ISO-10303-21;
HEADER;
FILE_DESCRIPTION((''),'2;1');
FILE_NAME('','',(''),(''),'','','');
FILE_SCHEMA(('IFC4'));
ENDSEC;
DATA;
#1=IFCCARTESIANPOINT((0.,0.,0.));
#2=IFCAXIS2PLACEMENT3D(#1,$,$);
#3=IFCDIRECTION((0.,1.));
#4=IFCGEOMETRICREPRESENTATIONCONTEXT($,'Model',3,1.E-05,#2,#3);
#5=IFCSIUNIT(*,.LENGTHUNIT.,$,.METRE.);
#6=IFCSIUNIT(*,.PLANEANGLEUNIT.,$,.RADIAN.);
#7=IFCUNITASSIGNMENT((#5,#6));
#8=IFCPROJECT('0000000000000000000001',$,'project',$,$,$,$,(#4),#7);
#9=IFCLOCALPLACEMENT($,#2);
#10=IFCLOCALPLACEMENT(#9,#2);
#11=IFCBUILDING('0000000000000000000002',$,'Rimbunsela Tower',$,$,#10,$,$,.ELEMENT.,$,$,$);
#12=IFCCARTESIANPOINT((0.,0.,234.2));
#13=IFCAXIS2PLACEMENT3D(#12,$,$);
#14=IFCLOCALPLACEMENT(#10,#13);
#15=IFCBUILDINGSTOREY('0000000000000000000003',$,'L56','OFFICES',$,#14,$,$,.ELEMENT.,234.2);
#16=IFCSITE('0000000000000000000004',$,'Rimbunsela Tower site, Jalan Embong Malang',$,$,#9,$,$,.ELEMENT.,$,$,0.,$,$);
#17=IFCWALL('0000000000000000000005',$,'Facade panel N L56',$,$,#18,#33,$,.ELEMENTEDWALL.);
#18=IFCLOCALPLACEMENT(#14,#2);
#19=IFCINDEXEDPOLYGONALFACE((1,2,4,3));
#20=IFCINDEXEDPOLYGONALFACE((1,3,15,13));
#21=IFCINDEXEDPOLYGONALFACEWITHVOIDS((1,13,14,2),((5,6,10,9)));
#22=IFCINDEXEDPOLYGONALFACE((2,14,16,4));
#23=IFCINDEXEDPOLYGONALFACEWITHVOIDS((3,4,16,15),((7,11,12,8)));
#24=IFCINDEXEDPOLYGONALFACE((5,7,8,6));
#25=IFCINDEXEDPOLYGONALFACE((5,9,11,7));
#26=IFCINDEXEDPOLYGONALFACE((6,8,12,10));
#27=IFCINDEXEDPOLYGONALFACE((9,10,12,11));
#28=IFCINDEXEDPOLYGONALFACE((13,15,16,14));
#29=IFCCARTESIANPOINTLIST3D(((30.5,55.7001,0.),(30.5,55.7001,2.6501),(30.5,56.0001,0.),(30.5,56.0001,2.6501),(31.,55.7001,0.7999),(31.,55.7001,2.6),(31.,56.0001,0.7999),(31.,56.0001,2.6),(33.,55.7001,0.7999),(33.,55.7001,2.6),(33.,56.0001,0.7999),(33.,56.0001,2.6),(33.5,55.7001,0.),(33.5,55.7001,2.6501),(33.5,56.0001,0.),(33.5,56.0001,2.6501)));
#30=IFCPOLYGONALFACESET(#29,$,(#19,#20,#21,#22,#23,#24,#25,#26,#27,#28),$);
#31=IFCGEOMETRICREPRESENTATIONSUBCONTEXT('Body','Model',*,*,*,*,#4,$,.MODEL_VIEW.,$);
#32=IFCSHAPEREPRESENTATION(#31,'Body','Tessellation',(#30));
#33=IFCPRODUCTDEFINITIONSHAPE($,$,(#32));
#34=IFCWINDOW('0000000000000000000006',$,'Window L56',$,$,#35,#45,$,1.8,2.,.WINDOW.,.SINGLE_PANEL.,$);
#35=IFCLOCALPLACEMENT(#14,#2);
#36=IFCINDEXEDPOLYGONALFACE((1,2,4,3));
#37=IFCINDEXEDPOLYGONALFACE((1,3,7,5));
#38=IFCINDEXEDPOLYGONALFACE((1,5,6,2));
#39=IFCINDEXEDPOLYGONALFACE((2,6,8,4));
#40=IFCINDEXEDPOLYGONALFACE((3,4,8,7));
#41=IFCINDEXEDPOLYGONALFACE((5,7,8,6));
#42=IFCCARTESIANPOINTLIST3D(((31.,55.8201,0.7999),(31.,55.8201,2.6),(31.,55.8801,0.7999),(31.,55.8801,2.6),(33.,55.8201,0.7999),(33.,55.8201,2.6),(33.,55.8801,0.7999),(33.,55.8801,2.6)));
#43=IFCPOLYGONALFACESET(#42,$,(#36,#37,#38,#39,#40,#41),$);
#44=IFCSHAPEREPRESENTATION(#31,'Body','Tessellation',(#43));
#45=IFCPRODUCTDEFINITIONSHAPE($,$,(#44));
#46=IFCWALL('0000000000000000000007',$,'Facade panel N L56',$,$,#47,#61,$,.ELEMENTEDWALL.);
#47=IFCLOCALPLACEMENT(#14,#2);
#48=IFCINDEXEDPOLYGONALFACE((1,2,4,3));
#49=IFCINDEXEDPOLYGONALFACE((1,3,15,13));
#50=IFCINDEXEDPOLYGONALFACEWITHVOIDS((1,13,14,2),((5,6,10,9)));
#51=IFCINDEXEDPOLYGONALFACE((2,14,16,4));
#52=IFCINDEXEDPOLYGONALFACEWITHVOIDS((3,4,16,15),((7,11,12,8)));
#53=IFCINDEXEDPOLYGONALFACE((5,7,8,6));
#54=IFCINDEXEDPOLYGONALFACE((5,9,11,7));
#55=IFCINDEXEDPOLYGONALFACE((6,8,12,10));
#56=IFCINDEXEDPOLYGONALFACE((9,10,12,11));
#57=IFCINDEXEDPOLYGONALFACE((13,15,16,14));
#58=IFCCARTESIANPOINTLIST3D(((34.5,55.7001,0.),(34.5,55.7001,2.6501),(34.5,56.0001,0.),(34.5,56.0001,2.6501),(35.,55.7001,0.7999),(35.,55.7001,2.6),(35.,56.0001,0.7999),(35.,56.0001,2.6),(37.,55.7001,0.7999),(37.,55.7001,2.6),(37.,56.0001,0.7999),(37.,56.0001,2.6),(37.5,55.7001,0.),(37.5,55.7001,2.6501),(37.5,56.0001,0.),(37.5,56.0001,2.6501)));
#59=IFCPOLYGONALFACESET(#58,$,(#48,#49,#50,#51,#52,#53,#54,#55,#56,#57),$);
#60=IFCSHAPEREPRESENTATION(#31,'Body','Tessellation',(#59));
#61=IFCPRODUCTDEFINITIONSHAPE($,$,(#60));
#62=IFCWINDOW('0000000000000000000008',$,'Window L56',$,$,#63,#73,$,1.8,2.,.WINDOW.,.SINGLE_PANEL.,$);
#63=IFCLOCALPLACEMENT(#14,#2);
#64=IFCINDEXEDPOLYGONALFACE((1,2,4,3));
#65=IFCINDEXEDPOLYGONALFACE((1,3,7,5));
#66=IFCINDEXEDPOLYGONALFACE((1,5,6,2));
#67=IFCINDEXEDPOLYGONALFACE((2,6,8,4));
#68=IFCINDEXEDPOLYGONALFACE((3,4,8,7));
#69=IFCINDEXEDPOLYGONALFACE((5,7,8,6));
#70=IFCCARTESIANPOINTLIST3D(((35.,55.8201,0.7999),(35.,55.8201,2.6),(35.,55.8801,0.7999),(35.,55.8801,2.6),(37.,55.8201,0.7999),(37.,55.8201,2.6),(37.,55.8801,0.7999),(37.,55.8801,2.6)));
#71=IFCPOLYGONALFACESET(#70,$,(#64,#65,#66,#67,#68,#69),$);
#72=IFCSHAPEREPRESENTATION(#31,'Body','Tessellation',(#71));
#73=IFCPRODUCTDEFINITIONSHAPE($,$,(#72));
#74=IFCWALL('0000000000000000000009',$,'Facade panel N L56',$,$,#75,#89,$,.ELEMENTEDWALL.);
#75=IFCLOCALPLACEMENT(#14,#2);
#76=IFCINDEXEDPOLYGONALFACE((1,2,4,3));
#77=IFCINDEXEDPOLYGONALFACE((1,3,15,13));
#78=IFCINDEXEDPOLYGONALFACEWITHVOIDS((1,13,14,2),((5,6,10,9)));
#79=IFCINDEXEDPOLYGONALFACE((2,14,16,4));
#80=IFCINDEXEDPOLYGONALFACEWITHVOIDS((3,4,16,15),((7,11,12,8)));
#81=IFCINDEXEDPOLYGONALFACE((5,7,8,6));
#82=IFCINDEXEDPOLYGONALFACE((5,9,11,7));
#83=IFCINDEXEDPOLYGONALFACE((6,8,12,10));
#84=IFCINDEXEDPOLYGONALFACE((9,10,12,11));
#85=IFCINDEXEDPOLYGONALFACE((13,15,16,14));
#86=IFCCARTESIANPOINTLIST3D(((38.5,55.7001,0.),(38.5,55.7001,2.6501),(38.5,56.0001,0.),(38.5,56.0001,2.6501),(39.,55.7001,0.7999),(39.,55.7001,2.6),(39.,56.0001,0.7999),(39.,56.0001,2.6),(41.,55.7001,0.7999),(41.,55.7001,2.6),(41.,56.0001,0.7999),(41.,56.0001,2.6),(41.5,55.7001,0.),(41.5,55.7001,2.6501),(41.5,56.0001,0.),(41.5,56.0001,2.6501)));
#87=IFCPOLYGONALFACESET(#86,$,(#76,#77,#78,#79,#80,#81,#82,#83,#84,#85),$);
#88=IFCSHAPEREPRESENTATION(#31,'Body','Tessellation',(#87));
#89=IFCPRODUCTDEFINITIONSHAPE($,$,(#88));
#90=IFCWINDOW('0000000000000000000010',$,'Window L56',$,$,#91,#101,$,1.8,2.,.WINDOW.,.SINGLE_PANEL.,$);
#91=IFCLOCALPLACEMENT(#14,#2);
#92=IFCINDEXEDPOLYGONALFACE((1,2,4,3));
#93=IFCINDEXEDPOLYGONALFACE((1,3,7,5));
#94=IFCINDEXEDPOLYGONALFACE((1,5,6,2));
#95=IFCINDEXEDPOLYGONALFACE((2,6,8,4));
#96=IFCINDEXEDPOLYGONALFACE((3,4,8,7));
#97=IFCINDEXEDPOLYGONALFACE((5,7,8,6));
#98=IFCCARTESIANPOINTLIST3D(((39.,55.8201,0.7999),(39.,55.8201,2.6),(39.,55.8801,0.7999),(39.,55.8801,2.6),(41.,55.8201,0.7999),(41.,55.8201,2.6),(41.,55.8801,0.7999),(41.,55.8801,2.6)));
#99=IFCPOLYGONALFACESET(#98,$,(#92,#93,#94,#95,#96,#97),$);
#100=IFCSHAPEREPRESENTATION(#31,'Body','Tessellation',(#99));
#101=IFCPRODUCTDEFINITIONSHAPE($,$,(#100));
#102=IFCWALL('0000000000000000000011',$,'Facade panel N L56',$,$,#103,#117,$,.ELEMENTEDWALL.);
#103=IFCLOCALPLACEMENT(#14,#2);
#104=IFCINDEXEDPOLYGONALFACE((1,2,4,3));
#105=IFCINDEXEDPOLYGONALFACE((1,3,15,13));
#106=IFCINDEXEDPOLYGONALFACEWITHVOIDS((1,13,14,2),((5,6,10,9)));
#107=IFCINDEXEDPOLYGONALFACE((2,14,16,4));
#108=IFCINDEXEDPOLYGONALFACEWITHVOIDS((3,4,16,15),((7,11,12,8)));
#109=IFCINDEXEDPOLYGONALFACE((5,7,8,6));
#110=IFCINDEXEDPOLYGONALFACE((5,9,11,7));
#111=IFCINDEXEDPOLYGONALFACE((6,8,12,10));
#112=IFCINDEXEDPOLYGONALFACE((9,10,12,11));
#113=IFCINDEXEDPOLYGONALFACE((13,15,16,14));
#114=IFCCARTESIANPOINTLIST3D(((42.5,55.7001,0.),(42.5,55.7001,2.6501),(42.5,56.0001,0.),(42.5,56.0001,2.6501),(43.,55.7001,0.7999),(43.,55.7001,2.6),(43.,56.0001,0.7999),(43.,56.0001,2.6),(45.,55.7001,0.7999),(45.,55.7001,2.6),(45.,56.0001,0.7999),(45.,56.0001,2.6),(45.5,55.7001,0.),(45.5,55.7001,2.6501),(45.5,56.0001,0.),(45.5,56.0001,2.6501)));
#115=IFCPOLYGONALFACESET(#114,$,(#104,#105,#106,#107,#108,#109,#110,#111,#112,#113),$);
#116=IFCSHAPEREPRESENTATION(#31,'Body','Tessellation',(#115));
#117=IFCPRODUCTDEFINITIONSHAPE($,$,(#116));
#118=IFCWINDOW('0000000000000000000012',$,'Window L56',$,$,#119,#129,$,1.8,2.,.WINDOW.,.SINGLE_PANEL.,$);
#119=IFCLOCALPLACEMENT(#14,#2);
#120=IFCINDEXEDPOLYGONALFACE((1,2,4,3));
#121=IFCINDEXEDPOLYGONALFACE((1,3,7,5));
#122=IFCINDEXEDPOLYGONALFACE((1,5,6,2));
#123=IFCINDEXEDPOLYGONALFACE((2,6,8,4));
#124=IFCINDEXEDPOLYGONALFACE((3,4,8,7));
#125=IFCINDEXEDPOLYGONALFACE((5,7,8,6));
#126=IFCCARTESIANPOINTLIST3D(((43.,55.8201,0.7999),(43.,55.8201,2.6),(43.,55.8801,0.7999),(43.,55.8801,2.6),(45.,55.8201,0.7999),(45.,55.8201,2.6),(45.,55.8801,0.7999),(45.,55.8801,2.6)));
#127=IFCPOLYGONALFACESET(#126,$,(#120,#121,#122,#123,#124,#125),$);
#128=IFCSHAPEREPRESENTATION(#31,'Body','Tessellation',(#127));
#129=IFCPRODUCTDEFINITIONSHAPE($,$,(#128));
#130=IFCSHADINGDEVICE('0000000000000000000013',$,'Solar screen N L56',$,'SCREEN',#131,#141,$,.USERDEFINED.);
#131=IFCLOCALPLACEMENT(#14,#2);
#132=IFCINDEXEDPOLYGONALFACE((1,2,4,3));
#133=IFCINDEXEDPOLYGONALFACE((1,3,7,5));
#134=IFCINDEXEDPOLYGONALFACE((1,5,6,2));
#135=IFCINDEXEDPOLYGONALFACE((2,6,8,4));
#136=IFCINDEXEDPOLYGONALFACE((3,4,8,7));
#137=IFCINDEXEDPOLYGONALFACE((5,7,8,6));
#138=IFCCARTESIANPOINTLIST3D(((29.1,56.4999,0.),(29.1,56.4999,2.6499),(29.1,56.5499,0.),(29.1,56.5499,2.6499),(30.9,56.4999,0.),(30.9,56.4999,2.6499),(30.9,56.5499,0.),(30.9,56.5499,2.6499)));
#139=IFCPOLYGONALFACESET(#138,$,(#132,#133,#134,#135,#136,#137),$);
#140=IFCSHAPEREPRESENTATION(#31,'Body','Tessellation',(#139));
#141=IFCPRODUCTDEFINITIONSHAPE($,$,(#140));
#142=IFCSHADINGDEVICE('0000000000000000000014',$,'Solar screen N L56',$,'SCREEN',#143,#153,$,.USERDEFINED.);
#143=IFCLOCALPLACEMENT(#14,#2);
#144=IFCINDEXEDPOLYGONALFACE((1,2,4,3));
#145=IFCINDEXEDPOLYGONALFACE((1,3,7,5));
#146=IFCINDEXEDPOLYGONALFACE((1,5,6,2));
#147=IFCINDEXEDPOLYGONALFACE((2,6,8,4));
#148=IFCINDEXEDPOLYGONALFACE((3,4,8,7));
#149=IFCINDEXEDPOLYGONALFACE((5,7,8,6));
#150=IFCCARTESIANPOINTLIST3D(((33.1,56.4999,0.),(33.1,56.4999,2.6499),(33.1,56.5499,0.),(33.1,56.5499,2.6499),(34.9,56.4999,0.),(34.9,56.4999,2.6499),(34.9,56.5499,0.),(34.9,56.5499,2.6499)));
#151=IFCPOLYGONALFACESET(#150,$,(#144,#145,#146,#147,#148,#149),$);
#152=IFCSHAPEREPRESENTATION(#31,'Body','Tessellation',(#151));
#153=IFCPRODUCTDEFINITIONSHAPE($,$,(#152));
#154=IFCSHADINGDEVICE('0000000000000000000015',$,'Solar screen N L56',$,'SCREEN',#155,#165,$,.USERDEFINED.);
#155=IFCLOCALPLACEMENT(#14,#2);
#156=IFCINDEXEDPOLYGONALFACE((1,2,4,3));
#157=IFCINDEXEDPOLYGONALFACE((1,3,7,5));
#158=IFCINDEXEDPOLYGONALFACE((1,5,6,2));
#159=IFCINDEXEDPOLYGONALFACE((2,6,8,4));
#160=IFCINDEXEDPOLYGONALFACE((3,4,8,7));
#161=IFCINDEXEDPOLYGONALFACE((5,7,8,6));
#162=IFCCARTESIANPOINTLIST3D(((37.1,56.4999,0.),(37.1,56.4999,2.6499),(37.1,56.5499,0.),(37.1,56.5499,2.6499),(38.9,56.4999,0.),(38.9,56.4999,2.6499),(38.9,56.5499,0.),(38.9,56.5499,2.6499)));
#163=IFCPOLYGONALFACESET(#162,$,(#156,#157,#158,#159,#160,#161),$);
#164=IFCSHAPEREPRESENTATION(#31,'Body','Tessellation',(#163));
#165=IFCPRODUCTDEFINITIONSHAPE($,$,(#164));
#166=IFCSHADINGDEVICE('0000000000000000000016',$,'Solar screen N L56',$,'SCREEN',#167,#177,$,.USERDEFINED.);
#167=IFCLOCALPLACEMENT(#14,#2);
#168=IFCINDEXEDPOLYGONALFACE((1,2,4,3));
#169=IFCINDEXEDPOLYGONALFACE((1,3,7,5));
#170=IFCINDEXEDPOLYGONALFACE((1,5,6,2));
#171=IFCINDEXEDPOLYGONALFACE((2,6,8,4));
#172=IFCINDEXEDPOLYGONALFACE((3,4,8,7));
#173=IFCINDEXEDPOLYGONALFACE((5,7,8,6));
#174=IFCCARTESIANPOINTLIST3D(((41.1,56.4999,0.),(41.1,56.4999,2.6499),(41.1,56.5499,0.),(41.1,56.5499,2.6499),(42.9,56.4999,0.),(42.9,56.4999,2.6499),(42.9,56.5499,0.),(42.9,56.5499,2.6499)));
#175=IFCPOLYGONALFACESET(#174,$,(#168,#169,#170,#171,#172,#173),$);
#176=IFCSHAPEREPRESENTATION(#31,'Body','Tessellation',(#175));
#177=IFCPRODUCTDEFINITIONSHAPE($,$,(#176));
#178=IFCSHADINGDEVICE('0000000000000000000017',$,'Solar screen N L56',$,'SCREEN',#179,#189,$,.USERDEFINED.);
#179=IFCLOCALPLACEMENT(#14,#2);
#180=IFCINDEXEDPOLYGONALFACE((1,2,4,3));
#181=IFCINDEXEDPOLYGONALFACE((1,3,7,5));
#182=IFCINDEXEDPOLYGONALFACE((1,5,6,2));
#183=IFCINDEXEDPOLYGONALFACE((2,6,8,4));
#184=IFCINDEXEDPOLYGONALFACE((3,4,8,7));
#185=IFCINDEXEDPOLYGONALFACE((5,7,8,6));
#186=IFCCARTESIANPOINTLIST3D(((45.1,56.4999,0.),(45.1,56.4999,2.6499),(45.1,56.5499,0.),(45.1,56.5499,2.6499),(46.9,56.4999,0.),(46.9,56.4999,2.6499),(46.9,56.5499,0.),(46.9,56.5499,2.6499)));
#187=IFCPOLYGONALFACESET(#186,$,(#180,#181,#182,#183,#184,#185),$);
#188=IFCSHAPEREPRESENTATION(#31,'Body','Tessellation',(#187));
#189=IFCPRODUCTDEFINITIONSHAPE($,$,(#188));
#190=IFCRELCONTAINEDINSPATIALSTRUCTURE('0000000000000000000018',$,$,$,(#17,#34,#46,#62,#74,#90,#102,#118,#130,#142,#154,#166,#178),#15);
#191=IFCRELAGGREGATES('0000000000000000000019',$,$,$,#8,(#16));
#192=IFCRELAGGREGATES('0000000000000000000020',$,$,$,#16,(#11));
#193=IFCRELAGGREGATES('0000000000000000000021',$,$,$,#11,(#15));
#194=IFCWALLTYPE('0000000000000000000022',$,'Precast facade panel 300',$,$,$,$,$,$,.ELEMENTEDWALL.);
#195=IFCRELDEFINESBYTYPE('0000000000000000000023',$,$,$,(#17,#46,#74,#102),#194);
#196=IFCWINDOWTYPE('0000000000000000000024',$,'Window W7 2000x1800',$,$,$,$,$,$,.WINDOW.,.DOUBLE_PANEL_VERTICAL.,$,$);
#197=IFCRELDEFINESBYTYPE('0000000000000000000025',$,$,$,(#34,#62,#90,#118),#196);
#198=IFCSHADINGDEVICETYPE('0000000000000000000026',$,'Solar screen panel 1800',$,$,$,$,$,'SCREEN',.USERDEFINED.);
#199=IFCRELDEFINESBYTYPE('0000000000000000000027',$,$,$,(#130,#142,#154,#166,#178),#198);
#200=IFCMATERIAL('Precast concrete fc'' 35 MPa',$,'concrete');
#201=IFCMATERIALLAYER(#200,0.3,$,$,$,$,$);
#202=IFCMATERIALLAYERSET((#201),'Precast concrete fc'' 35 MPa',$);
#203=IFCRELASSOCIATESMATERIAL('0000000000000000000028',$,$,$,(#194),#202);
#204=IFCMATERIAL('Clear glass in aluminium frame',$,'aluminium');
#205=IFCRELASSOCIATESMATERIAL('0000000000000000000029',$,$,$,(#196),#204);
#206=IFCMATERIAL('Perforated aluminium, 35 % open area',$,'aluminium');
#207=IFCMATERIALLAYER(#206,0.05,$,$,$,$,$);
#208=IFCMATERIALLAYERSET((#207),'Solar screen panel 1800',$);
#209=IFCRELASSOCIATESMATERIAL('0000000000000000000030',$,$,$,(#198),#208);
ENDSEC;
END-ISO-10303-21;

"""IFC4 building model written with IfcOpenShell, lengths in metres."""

from ifc_helpers import new_model, si_unit, direction, frame, frame_2d, origin, origin_2d, place, context, subcontext, project, spatial, rectangle, extrude, material, layer, layer_set, type_object, element, fill, save


model = new_model("IFC4")

# Units and contexts
model_context = context("Model", 3, precision=1e-05, world=origin(), true_north=direction((0.0, 1.0)))
body_context = subcontext(model_context, "Body", "Model", "MODEL_VIEW")
ifc_project = project(units=[si_unit("LENGTHUNIT", "METRE"), si_unit("PLANEANGLEUNIT", "RADIAN")], contexts=[model_context])

# Site, building, storey
site_placement = place(None, origin())
site = spatial("IfcSite", under=ifc_project, at=site_placement, Name="Rimbunsela Tower site, Jalan Embong Malang", CompositionType="ELEMENT", RefElevation=0.0)
building_placement = place(site_placement, origin())
building = spatial("IfcBuilding", under=site, at=building_placement, Name="Rimbunsela Tower", CompositionType="ELEMENT")
storey_placement = place(building_placement, frame((0.0, 0.0, 234.2)))
storey = spatial("IfcBuildingStorey", under=building, at=storey_placement, Name="L56", Description="OFFICES", CompositionType="ELEMENT", Elevation=234.2)

# Walls, openings, windows
ifc_material_1 = material(Name="Precast concrete fc' 35 MPa", Category="concrete")
ifc_layer_1 = layer(ifc_material_1, 0.3)
ifc_layer_set_1 = layer_set([ifc_layer_1], Name="Precast concrete fc' 35 MPa")
wall_type_1 = type_object("IfcWallType", Name="Precast facade panel 300", PredefinedType="ELEMENTEDWALL", material=ifc_layer_set_1)
wall_1_placement = place(storey_placement, frame((33.5, 55.8501, 0.0), z_axis=(0.0, 0.0, 1.0), x_axis=(-1.0, 0.0, 0.0)))
wall_1 = element("IfcWall", 1, at=wall_1_placement, inside=storey, type_object=wall_type_1, Name="Facade panel N L56", PredefinedType="ELEMENTEDWALL", context=body_context, shape_type="SweptSolid", body=[
    extrude(rectangle(XDim=3.0, YDim=0.3, at=frame_2d((1.5, 0.0))), origin(), (0.0, 0.0, 1.0), 2.6501),
])
opening_1_placement = place(wall_1_placement, frame((0.5, 0.0, 0.8)))
opening_1 = element("IfcOpeningElement", 2, at=opening_1_placement, cuts=wall_1, PredefinedType="OPENING", context=body_context, shape_type="SweptSolid", body=[
    extrude(rectangle(XDim=2.0, YDim=1.8, at=frame_2d((1.0, 0.8999))), frame((0.0, 0.1599, 0.0), z_axis=(0.0, -1.0, 0.0), x_axis=(1.0, 0.0, 0.0)), (0.0, 0.0, 1.0), 0.3201),
])
ifc_material_2 = material(Name="Clear glass in aluminium frame", Category="aluminium")
window_type = type_object("IfcWindowType", Name="Window W7 2000x1800", PartitioningType="DOUBLE_PANEL_VERTICAL", PredefinedType="WINDOW", material=ifc_material_2)
window_1_placement = place(opening_1_placement, origin())
window_1 = element("IfcWindow", 3, at=window_1_placement, inside=storey, type_object=window_type, Name="Window L56", OverallHeight=1.8, OverallWidth=2.0, PartitioningType="SINGLE_PANEL", PredefinedType="WINDOW", context=body_context, shape_type="SweptSolid", body=[
    extrude(rectangle(XDim=2.0, YDim=1.8, at=frame_2d((1.0, 0.8999))), frame((0.0, 0.03, 0.0), z_axis=(0.0, -1.0, 0.0), x_axis=(1.0, 0.0, 0.0)), (0.0, 0.0, 1.0), 0.0601),
])
fill(opening_1, window_1)
wall_2_placement = place(storey_placement, frame((37.5, 55.8501, 0.0), z_axis=(0.0, 0.0, 1.0), x_axis=(-1.0, 0.0, 0.0)))
wall_2 = element("IfcWall", 4, at=wall_2_placement, inside=storey, type_object=wall_type_1, Name="Facade panel N L56", PredefinedType="ELEMENTEDWALL", context=body_context, shape_type="SweptSolid", body=[
    extrude(rectangle(XDim=3.0, YDim=0.3, at=frame_2d((1.5, 0.0))), origin(), (0.0, 0.0, 1.0), 2.6501),
])
opening_2_placement = place(wall_2_placement, frame((0.5, 0.0, 0.8)))
opening_2 = element("IfcOpeningElement", 5, at=opening_2_placement, cuts=wall_2, PredefinedType="OPENING", context=body_context, shape_type="SweptSolid", body=[
    extrude(rectangle(XDim=2.0, YDim=1.8, at=frame_2d((1.0, 0.8999))), frame((0.0, 0.1599, 0.0), z_axis=(0.0, -1.0, 0.0), x_axis=(1.0, 0.0, 0.0)), (0.0, 0.0, 1.0), 0.3201),
])
window_2_placement = place(opening_2_placement, origin())
window_2 = element("IfcWindow", 6, at=window_2_placement, inside=storey, type_object=window_type, Name="Window L56", OverallHeight=1.8, OverallWidth=2.0, PartitioningType="SINGLE_PANEL", PredefinedType="WINDOW", context=body_context, shape_type="SweptSolid", body=[
    extrude(rectangle(XDim=2.0, YDim=1.8, at=frame_2d((1.0, 0.8999))), frame((0.0, 0.03, 0.0), z_axis=(0.0, -1.0, 0.0), x_axis=(1.0, 0.0, 0.0)), (0.0, 0.0, 1.0), 0.0601),
])
fill(opening_2, window_2)
wall_3_placement = place(storey_placement, frame((41.5, 55.8501, 0.0), z_axis=(0.0, 0.0, 1.0), x_axis=(-1.0, 0.0, 0.0)))
wall_3 = element("IfcWall", 7, at=wall_3_placement, inside=storey, type_object=wall_type_1, Name="Facade panel N L56", PredefinedType="ELEMENTEDWALL", context=body_context, shape_type="SweptSolid", body=[
    extrude(rectangle(XDim=3.0, YDim=0.3, at=frame_2d((1.5, 0.0))), origin(), (0.0, 0.0, 1.0), 2.6501),
])
opening_3_placement = place(wall_3_placement, frame((0.5, 0.0, 0.8)))
opening_3 = element("IfcOpeningElement", 8, at=opening_3_placement, cuts=wall_3, PredefinedType="OPENING", context=body_context, shape_type="SweptSolid", body=[
    extrude(rectangle(XDim=2.0, YDim=1.8, at=frame_2d((1.0, 0.8999))), frame((0.0, 0.1599, 0.0), z_axis=(0.0, -1.0, 0.0), x_axis=(1.0, 0.0, 0.0)), (0.0, 0.0, 1.0), 0.3201),
])
window_3_placement = place(opening_3_placement, origin())
window_3 = element("IfcWindow", 9, at=window_3_placement, inside=storey, type_object=window_type, Name="Window L56", OverallHeight=1.8, OverallWidth=2.0, PartitioningType="SINGLE_PANEL", PredefinedType="WINDOW", context=body_context, shape_type="SweptSolid", body=[
    extrude(rectangle(XDim=2.0, YDim=1.8, at=frame_2d((1.0, 0.8999))), frame((0.0, 0.03, 0.0), z_axis=(0.0, -1.0, 0.0), x_axis=(1.0, 0.0, 0.0)), (0.0, 0.0, 1.0), 0.0601),
])
fill(opening_3, window_3)
wall_4_placement = place(storey_placement, frame((45.5, 55.8501, 0.0), z_axis=(0.0, 0.0, 1.0), x_axis=(-1.0, 0.0, 0.0)))
wall_4 = element("IfcWall", 10, at=wall_4_placement, inside=storey, type_object=wall_type_1, Name="Facade panel N L56", PredefinedType="ELEMENTEDWALL", context=body_context, shape_type="SweptSolid", body=[
    extrude(rectangle(XDim=3.0, YDim=0.3, at=frame_2d((1.5, 0.0))), origin(), (0.0, 0.0, 1.0), 2.6501),
])
opening_4_placement = place(wall_4_placement, frame((0.5, 0.0, 0.8)))
opening_4 = element("IfcOpeningElement", 11, at=opening_4_placement, cuts=wall_4, PredefinedType="OPENING", context=body_context, shape_type="SweptSolid", body=[
    extrude(rectangle(XDim=2.0, YDim=1.8, at=frame_2d((1.0, 0.8999))), frame((0.0, 0.1599, 0.0), z_axis=(0.0, -1.0, 0.0), x_axis=(1.0, 0.0, 0.0)), (0.0, 0.0, 1.0), 0.3201),
])
window_4_placement = place(opening_4_placement, origin())
window_4 = element("IfcWindow", 12, at=window_4_placement, inside=storey, type_object=window_type, Name="Window L56", OverallHeight=1.8, OverallWidth=2.0, PartitioningType="SINGLE_PANEL", PredefinedType="WINDOW", context=body_context, shape_type="SweptSolid", body=[
    extrude(rectangle(XDim=2.0, YDim=1.8, at=frame_2d((1.0, 0.8999))), frame((0.0, 0.03, 0.0), z_axis=(0.0, -1.0, 0.0), x_axis=(1.0, 0.0, 0.0)), (0.0, 0.0, 1.0), 0.0601),
])
fill(opening_4, window_4)

# Shading devices
ifc_material_3 = material(Name="Perforated aluminium, 35 % open area", Category="aluminium")
ifc_layer_2 = layer(ifc_material_3, 0.05)
ifc_layer_set_2 = layer_set([ifc_layer_2], Name="Solar screen panel 1800")
shading_device_type = type_object("IfcShadingDeviceType", Name="Solar screen panel 1800", ElementType="SCREEN", PredefinedType="USERDEFINED", material=ifc_layer_set_2)
for number, where, z_axis, x_axis, name in (
    (13, (30.0, 56.5249, 0.0), (0.0, 0.0, 1.0), (1.0, 0.0, 0.0), "Solar screen N L56"),
    (14, (34.0, 56.5249, 0.0), (0.0, 0.0, 1.0), (1.0, 0.0, 0.0), "Solar screen N L56"),
    (15, (38.0, 56.5249, 0.0), (0.0, 0.0, 1.0), (1.0, 0.0, 0.0), "Solar screen N L56"),
    (16, (42.0, 56.5249, 0.0), (0.0, 0.0, 1.0), (1.0, 0.0, 0.0), "Solar screen N L56"),
    (17, (46.0, 56.5249, 0.0), (0.0, 0.0, 1.0), (1.0, 0.0, 0.0), "Solar screen N L56"),
):
    element("IfcShadingDevice", number, at=place(storey_placement, frame(where, z_axis=z_axis, x_axis=x_axis)), inside=storey, type_object=shading_device_type, Name=name, ObjectType="SCREEN", PredefinedType="USERDEFINED", context=body_context, shape_type="SweptSolid", body=[
        extrude(rectangle(XDim=1.8, YDim=0.05, at=origin_2d()), origin(), (0.0, 0.0, 1.0), 2.6499),
    ])

save(model, "model.ifc")
